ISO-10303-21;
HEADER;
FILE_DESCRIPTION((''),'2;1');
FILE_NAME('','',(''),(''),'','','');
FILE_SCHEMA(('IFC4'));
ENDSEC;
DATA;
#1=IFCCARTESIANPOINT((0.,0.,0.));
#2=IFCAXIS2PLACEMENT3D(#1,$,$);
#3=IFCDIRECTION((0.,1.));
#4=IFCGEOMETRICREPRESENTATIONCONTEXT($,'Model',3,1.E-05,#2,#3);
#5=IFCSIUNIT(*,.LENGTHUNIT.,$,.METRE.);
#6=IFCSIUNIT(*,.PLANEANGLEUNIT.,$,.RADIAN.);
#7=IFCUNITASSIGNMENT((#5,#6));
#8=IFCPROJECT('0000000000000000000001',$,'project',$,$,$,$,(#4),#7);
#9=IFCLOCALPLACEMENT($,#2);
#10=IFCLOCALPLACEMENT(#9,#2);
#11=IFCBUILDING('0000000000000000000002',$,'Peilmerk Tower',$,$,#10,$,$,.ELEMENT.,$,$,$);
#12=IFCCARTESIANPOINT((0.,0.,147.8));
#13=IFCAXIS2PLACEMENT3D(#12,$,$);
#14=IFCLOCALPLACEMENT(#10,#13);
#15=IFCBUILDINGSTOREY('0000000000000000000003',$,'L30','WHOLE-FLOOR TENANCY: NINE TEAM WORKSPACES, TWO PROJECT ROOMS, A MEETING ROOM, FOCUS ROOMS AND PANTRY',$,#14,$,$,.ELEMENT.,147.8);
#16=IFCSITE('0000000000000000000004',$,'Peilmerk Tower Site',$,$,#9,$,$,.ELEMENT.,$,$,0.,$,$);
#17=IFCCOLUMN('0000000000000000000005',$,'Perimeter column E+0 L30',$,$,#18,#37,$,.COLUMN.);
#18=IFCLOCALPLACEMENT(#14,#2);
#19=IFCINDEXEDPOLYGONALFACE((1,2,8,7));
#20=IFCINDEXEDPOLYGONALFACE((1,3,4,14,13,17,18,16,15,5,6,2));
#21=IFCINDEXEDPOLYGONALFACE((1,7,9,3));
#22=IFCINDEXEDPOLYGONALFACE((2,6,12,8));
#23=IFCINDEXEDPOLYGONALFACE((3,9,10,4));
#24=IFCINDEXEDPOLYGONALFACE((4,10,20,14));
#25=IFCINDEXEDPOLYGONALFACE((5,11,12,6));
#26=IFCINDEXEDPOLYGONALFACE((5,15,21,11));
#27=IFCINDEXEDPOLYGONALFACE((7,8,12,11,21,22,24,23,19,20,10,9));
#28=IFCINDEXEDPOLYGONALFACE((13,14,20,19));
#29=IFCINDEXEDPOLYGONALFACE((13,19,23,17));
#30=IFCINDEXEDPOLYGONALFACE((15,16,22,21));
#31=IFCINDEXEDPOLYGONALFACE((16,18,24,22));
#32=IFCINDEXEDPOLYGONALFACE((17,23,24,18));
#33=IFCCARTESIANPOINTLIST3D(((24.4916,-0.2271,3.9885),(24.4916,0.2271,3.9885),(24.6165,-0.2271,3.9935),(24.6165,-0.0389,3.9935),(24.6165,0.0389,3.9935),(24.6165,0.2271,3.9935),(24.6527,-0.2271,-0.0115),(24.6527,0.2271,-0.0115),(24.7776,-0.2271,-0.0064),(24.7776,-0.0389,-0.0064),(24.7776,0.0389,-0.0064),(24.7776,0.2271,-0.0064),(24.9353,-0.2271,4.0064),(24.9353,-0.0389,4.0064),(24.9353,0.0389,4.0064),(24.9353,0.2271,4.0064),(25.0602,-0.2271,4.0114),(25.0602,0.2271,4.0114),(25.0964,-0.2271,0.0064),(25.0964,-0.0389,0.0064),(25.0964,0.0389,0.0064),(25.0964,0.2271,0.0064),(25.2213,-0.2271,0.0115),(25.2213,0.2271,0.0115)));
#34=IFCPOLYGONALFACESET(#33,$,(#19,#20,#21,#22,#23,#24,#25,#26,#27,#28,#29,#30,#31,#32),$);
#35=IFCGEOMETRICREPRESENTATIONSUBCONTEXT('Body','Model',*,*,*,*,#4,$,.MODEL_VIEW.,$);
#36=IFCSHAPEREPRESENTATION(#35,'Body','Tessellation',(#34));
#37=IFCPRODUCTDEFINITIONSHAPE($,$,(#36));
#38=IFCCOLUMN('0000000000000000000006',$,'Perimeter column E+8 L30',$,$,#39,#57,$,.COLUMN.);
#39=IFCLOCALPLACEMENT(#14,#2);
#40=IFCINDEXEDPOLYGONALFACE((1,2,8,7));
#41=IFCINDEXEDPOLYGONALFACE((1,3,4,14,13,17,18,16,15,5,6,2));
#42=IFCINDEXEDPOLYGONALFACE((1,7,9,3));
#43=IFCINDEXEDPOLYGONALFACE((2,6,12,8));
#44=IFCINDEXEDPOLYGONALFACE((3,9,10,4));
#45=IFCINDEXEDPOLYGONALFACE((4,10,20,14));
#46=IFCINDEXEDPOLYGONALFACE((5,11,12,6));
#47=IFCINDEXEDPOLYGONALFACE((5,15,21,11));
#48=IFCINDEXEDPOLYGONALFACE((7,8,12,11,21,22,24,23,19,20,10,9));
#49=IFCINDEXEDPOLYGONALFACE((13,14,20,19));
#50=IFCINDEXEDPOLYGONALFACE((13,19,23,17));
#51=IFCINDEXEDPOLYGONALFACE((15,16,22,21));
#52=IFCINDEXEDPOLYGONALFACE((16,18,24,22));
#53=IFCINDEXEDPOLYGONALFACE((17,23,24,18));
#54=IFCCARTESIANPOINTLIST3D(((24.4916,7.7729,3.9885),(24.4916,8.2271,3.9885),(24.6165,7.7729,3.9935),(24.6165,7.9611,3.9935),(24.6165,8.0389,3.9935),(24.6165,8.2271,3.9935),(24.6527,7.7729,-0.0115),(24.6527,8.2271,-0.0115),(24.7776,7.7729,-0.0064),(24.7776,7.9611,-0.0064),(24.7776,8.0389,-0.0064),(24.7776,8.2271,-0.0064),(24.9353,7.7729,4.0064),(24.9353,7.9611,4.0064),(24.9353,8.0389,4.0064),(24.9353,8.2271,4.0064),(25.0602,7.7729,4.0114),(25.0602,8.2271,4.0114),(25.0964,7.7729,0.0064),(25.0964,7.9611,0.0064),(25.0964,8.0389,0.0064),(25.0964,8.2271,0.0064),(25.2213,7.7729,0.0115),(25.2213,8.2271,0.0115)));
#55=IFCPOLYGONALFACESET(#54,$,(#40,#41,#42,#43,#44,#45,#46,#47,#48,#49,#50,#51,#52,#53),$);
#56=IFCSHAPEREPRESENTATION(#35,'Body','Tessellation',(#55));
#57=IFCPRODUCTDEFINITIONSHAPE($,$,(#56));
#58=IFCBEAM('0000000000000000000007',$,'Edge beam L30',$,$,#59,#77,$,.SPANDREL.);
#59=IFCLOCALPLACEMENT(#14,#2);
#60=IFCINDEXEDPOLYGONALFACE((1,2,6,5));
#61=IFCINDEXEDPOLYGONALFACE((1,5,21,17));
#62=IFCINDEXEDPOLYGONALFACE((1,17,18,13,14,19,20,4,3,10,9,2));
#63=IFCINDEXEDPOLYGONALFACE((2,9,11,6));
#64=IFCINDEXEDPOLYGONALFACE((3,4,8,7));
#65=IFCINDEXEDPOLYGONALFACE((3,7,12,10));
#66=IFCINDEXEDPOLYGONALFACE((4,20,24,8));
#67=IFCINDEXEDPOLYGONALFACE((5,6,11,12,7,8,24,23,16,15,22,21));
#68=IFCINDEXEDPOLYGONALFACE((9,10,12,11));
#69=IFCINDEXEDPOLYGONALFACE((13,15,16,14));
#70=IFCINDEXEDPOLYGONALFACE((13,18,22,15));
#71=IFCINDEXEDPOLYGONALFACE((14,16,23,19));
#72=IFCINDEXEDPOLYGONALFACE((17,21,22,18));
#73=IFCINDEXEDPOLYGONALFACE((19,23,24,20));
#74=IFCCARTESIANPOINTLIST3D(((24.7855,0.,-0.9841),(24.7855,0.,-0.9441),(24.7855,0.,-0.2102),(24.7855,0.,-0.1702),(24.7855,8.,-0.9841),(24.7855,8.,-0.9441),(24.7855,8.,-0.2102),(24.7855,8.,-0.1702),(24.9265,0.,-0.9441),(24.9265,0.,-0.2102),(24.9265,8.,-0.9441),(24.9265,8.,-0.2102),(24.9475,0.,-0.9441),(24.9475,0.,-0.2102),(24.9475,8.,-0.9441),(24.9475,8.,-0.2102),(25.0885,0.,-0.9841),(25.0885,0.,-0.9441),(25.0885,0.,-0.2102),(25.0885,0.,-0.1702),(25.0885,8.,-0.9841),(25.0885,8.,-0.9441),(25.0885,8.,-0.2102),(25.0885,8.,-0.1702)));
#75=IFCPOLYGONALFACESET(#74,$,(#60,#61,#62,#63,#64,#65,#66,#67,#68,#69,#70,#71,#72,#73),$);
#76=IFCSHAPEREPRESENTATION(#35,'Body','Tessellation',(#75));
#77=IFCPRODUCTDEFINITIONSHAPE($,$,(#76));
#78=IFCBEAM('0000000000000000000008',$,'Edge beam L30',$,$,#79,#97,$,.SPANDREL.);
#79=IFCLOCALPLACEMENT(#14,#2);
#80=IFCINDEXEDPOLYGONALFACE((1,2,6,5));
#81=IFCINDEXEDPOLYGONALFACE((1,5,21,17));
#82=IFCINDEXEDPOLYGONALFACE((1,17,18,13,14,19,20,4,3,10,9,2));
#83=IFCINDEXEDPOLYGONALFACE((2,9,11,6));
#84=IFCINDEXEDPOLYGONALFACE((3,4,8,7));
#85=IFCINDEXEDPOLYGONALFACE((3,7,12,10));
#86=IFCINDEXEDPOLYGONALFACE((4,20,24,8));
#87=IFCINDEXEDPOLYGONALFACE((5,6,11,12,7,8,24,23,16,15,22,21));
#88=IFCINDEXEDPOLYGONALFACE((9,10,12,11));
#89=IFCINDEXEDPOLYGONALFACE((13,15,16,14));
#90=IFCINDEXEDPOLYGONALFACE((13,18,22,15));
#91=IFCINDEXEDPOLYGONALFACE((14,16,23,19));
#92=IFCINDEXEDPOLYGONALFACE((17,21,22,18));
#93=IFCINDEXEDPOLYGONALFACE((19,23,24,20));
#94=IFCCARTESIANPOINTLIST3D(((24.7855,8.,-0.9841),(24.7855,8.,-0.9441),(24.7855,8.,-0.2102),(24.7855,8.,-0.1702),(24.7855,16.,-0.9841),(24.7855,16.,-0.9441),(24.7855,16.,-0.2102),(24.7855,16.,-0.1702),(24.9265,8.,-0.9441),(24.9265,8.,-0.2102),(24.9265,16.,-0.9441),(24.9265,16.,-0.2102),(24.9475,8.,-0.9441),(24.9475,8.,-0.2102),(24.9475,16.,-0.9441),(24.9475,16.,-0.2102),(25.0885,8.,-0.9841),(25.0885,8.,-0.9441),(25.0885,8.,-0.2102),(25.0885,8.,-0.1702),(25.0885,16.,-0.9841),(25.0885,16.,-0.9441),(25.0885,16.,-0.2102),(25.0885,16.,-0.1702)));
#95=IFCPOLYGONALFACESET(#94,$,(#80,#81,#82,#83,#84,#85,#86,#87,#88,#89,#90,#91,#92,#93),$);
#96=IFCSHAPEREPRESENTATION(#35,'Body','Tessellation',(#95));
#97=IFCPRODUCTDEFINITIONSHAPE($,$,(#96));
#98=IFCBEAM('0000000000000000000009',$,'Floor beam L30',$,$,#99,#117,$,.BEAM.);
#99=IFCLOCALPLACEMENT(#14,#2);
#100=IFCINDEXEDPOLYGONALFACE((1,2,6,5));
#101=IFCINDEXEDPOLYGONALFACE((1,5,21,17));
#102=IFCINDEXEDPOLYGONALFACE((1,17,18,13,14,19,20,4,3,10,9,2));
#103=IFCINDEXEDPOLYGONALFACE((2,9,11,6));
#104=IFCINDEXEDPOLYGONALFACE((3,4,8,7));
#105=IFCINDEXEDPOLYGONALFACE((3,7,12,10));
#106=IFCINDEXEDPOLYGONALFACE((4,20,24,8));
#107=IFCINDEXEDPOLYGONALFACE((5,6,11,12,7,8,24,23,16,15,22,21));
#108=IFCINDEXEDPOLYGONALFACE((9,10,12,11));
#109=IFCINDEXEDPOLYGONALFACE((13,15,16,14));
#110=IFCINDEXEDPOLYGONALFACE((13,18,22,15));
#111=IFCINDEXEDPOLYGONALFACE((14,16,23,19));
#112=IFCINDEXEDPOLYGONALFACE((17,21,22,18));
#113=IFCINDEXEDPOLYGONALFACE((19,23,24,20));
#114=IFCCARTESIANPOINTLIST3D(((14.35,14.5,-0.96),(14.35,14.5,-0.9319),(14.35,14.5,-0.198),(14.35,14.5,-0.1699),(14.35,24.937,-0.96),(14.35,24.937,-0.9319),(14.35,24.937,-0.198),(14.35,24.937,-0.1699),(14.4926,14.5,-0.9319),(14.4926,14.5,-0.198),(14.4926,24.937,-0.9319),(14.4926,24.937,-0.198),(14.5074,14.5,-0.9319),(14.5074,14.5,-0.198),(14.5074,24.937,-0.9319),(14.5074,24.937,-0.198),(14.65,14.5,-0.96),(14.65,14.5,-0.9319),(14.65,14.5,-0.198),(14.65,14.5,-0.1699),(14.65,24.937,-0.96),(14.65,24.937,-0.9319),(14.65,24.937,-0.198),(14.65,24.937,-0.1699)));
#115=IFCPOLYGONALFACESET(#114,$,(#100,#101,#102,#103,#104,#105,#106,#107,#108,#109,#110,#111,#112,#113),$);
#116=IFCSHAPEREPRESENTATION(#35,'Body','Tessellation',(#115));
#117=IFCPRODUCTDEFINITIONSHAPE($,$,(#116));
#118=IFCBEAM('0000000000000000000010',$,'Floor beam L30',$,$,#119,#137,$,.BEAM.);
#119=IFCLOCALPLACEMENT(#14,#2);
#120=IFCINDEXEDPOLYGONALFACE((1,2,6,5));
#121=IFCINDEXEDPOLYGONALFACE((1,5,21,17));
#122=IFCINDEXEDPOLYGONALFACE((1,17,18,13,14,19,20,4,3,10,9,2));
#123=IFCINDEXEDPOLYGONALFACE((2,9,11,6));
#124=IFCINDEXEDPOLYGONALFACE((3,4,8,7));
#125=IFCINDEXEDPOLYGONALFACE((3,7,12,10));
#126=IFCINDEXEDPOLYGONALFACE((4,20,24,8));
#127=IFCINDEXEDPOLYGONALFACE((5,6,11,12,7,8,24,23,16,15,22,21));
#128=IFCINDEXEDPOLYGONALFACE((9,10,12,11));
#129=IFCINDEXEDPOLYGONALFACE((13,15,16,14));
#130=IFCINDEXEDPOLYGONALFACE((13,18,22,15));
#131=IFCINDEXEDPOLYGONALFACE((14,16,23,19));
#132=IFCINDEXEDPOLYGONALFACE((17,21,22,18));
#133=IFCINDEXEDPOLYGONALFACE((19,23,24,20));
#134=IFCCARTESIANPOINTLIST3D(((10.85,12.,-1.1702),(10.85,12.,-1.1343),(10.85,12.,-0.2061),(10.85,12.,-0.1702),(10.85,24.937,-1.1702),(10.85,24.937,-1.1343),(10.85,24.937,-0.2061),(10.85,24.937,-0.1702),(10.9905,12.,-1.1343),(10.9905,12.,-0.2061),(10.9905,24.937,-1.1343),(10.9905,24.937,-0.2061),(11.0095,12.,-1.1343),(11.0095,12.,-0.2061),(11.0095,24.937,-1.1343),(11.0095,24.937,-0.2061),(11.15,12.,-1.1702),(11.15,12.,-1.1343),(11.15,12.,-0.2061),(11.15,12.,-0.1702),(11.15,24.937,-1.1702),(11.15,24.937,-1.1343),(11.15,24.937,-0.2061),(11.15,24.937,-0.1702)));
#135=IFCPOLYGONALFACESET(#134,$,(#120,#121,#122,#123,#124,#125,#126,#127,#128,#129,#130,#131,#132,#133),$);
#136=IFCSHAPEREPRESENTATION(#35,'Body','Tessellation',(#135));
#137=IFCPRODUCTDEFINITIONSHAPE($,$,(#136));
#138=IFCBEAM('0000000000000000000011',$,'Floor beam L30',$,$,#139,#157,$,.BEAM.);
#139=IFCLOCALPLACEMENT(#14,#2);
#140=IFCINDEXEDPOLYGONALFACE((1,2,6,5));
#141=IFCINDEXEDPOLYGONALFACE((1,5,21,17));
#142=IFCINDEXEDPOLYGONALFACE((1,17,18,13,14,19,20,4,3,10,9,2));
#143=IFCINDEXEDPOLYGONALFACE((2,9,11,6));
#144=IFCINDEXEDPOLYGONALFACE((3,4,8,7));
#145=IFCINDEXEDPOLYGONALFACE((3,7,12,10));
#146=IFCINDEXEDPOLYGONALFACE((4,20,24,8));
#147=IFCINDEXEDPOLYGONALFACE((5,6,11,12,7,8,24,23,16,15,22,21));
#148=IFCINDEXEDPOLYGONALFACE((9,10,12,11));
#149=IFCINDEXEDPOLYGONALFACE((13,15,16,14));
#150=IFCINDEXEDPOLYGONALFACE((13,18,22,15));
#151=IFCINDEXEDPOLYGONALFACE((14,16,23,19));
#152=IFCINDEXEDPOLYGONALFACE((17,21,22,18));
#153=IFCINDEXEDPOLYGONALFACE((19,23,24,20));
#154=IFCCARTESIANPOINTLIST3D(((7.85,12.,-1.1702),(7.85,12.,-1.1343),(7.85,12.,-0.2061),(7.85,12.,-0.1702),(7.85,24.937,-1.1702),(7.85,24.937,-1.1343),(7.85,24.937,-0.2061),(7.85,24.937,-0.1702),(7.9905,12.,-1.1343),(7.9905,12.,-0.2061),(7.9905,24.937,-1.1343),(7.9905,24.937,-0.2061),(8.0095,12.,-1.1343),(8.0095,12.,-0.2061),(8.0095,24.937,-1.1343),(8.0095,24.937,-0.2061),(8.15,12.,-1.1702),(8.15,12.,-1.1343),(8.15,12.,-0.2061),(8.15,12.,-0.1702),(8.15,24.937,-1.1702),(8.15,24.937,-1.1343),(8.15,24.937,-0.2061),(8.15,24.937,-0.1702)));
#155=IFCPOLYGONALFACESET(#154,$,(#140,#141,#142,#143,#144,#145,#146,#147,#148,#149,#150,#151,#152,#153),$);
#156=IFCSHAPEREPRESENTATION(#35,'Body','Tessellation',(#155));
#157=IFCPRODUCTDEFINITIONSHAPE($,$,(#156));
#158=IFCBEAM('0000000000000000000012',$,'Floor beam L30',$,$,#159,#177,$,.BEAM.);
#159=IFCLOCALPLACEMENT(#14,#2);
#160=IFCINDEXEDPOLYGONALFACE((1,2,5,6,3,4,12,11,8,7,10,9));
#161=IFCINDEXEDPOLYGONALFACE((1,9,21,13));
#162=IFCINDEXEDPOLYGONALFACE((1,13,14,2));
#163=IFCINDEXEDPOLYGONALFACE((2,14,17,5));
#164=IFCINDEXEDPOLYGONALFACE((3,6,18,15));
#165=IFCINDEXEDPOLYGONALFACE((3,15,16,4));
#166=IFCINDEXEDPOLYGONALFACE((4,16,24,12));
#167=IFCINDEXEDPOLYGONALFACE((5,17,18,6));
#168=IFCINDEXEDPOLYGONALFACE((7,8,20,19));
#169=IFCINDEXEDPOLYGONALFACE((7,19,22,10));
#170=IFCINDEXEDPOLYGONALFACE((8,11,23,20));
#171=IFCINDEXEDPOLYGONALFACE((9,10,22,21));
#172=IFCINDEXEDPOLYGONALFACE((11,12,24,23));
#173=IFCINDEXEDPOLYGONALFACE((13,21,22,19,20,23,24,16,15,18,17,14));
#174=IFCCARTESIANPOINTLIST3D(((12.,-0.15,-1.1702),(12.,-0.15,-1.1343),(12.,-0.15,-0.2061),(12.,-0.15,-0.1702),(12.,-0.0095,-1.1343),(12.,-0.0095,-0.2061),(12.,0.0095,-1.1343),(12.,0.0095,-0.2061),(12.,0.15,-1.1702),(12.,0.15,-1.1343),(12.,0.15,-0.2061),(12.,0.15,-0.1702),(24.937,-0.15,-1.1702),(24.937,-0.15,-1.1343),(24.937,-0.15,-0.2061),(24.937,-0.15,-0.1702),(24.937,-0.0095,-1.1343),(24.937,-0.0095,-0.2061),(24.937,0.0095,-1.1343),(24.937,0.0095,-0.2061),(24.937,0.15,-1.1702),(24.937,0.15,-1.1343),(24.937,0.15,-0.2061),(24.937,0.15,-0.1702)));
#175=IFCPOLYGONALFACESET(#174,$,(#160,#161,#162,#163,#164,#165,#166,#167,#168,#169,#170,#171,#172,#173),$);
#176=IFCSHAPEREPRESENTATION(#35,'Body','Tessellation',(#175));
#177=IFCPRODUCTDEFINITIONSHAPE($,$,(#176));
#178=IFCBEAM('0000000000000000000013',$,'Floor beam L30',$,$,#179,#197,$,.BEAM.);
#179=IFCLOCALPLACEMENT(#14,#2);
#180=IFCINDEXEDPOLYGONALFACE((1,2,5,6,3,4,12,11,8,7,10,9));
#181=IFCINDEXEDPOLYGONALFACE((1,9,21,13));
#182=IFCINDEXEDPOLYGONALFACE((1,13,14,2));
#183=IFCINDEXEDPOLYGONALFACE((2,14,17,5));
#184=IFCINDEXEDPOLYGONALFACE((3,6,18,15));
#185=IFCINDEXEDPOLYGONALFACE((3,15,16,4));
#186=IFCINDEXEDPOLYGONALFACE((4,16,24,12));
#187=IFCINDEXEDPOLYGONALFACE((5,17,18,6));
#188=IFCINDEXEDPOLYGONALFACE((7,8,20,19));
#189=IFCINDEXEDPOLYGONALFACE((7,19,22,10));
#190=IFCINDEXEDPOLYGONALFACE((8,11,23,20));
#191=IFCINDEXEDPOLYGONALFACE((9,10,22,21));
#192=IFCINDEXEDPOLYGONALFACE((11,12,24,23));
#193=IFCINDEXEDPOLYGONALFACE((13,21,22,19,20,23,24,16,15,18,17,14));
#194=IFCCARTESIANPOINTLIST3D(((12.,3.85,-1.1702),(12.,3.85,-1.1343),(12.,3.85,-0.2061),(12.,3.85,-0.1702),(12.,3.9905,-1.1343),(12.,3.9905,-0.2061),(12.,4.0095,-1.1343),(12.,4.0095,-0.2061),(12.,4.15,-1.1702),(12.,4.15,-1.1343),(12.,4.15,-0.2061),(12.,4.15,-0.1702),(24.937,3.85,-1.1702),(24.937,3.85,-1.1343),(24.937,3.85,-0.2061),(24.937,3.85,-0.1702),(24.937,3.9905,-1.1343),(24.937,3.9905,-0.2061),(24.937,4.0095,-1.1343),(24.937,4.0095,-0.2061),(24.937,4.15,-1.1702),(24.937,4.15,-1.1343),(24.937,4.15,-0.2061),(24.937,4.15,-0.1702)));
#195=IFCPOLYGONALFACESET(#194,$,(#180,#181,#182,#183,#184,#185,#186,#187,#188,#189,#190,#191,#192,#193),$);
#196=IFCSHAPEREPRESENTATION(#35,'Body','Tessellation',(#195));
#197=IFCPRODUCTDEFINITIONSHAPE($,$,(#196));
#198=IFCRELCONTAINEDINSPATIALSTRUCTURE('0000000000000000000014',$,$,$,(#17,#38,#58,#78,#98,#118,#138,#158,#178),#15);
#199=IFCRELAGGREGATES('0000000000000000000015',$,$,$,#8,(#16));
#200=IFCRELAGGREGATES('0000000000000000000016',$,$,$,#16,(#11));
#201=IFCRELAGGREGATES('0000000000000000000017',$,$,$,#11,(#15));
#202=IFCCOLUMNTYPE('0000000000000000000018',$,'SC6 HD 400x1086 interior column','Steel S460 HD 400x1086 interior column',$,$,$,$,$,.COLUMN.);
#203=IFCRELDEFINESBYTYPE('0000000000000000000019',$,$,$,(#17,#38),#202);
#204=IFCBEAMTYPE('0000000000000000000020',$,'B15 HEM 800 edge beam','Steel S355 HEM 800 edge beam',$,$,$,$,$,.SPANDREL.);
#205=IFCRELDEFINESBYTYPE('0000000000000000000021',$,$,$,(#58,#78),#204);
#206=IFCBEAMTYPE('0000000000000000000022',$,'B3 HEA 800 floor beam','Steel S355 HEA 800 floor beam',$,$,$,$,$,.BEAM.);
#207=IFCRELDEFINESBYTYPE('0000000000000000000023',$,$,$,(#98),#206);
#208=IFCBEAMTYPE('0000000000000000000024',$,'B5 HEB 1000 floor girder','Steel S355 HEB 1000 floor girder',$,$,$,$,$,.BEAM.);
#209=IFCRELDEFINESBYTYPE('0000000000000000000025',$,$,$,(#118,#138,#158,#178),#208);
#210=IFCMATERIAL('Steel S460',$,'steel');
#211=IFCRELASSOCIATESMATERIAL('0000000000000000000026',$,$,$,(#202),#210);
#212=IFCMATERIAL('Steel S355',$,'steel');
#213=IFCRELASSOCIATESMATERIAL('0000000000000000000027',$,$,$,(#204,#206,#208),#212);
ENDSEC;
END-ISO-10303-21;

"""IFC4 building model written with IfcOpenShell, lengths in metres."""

from ifc_helpers import new_model, si_unit, direction, frame, origin, origin_2d, place, context, subcontext, project, spatial, i_section, extrude, material, material_profile, profile_set, type_object, element, save


model = new_model("IFC4")

# Units and contexts
model_context = context("Model", 3, precision=1e-05, world=origin(), true_north=direction((0.0, 1.0)))
body_context = subcontext(model_context, "Body", "Model", "MODEL_VIEW")
ifc_project = project(units=[si_unit("LENGTHUNIT", "METRE"), si_unit("PLANEANGLEUNIT", "RADIAN")], contexts=[model_context])

# Site, building, storey
site_placement = place(None, origin())
site = spatial("IfcSite", under=ifc_project, at=site_placement, Name="Peilmerk Tower Site", CompositionType="ELEMENT", RefElevation=0.0)
building_placement = place(site_placement, origin())
building = spatial("IfcBuilding", under=site, at=building_placement, Name="Peilmerk Tower", CompositionType="ELEMENT")
storey_placement = place(building_placement, frame((0.0, 0.0, 147.8)))
storey = spatial("IfcBuildingStorey", under=building, at=storey_placement, Name="L30", Description="WHOLE-FLOOR TENANCY: NINE TEAM WORKSPACES, TWO PROJECT ROOMS, A MEETING ROOM, FOCUS ROOMS AND PANTRY", CompositionType="ELEMENT", Elevation=147.8)

# Columns
ifc_material_1 = material(Name="Steel S460", Category="steel")
ifc_material_profile_1 = material_profile(ifc_material_1, i_section(OverallWidth=0.4541, OverallDepth=0.5691, WebThickness=0.0779, FlangeThickness=0.125, at=origin_2d()), Name="HD 400x1086")
ifc_profile_set_1 = profile_set([ifc_material_profile_1], Name="Steel S460")
column_type = type_object("IfcColumnType", Name="SC6 HD 400x1086 interior column", Description="Steel S460 HD 400x1086 interior column", PredefinedType="COLUMN", material=ifc_profile_set_1)
for number, where, z_axis, x_axis, name in (
    (1, (24.937, 0.0, 0.0), (-0.040251, 0.0, 0.99919), (0.0, -1.0, 0.0), "Perimeter column E+0 L30"),
    (2, (24.937, 8.0, 0.0), (-0.040251, 0.0, 0.99919), (0.0, -1.0, 0.0), "Perimeter column E+8 L30"),
):
    element("IfcColumn", number, at=place(storey_placement, frame(where, z_axis=z_axis, x_axis=x_axis)), inside=storey, type_object=column_type, Name=name, PredefinedType="COLUMN", context=body_context, shape_type="SweptSolid", body=[
        extrude(i_section(OverallWidth=0.4541, OverallDepth=0.5691, WebThickness=0.0779, FlangeThickness=0.125, at=origin_2d()), origin(), (0.0, 0.0, 1.0), 4.0032),
    ])

# Beams
ifc_material_2 = material(Name="Steel S355", Category="steel")
ifc_material_profile_2 = material_profile(ifc_material_2, i_section(OverallWidth=0.303, OverallDepth=0.814, WebThickness=0.021, FlangeThickness=0.04, at=origin_2d()), Name="HEM 800")
ifc_profile_set_2 = profile_set([ifc_material_profile_2], Name="Steel S355")
beam_type_1 = type_object("IfcBeamType", Name="B15 HEM 800 edge beam", Description="Steel S355 HEM 800 edge beam", PredefinedType="SPANDREL", material=ifc_profile_set_2)
for number, where, z_axis, x_axis, name in (
    (3, (24.937, 0.0, -0.5771), (0.0, 1.0, 0.0), (-1.0, 0.0, 0.0), "Edge beam L30"),
    (4, (24.937, 8.0, -0.5771), (0.0, 1.0, 0.0), (-1.0, 0.0, 0.0), "Edge beam L30"),
):
    element("IfcBeam", number, at=place(storey_placement, frame(where, z_axis=z_axis, x_axis=x_axis)), inside=storey, type_object=beam_type_1, Name=name, PredefinedType="SPANDREL", context=body_context, shape_type="SweptSolid", body=[
        extrude(i_section(OverallWidth=0.303, OverallDepth=0.814, WebThickness=0.021, FlangeThickness=0.04, at=origin_2d()), origin(), (0.0, 0.0, 1.0), 8.0),
    ])
ifc_material_profile_3 = material_profile(ifc_material_2, i_section(OverallWidth=0.3, OverallDepth=0.79, WebThickness=0.0149, FlangeThickness=0.0281, at=origin_2d()), Name="HEA 800")
ifc_profile_set_3 = profile_set([ifc_material_profile_3], Name="Steel S355")
beam_type_2 = type_object("IfcBeamType", Name="B3 HEA 800 floor beam", Description="Steel S355 HEA 800 floor beam", PredefinedType="BEAM", material=ifc_profile_set_3)
beam_1_placement = place(storey_placement, frame((14.5, 14.5, -0.5649), z_axis=(0.0, 1.0, 0.0), x_axis=(-1.0, 0.0, 0.0)))
element("IfcBeam", 5, at=beam_1_placement, inside=storey, type_object=beam_type_2, Name="Floor beam L30", PredefinedType="BEAM", context=body_context, shape_type="SweptSolid", body=[
    extrude(i_section(OverallWidth=0.3, OverallDepth=0.79, WebThickness=0.0149, FlangeThickness=0.0281, at=origin_2d()), origin(), (0.0, 0.0, 1.0), 10.437),
])
ifc_material_profile_4 = material_profile(ifc_material_2, i_section(OverallWidth=0.3, OverallDepth=1.0, WebThickness=0.019, FlangeThickness=0.0359, at=origin_2d()), Name="HEB 1000")
ifc_profile_set_4 = profile_set([ifc_material_profile_4], Name="Steel S355")
beam_type_3 = type_object("IfcBeamType", Name="B5 HEB 1000 floor girder", Description="Steel S355 HEB 1000 floor girder", PredefinedType="BEAM", material=ifc_profile_set_4)
for number, where, z_axis, x_axis, name in (
    (6, (11.0, 12.0, -0.6702), (0.0, 1.0, 0.0), (-1.0, 0.0, 0.0), "Floor beam L30"),
    (7, (8.0, 12.0, -0.6702), (0.0, 1.0, 0.0), (-1.0, 0.0, 0.0), "Floor beam L30"),
    (8, (12.0, 0.0, -0.6702), (1.0, 0.0, 0.0), (0.0, 1.0, 0.0), "Floor beam L30"),
    (9, (12.0, 4.0, -0.6702), (1.0, 0.0, 0.0), (0.0, 1.0, 0.0), "Floor beam L30"),
):
    element("IfcBeam", number, at=place(storey_placement, frame(where, z_axis=z_axis, x_axis=x_axis)), inside=storey, type_object=beam_type_3, Name=name, PredefinedType="BEAM", context=body_context, shape_type="SweptSolid", body=[
        extrude(i_section(OverallWidth=0.3, OverallDepth=1.0, WebThickness=0.019, FlangeThickness=0.0359, at=origin_2d()), origin(), (0.0, 0.0, 1.0), 12.937),
    ])

save(model, "model.ifc")
